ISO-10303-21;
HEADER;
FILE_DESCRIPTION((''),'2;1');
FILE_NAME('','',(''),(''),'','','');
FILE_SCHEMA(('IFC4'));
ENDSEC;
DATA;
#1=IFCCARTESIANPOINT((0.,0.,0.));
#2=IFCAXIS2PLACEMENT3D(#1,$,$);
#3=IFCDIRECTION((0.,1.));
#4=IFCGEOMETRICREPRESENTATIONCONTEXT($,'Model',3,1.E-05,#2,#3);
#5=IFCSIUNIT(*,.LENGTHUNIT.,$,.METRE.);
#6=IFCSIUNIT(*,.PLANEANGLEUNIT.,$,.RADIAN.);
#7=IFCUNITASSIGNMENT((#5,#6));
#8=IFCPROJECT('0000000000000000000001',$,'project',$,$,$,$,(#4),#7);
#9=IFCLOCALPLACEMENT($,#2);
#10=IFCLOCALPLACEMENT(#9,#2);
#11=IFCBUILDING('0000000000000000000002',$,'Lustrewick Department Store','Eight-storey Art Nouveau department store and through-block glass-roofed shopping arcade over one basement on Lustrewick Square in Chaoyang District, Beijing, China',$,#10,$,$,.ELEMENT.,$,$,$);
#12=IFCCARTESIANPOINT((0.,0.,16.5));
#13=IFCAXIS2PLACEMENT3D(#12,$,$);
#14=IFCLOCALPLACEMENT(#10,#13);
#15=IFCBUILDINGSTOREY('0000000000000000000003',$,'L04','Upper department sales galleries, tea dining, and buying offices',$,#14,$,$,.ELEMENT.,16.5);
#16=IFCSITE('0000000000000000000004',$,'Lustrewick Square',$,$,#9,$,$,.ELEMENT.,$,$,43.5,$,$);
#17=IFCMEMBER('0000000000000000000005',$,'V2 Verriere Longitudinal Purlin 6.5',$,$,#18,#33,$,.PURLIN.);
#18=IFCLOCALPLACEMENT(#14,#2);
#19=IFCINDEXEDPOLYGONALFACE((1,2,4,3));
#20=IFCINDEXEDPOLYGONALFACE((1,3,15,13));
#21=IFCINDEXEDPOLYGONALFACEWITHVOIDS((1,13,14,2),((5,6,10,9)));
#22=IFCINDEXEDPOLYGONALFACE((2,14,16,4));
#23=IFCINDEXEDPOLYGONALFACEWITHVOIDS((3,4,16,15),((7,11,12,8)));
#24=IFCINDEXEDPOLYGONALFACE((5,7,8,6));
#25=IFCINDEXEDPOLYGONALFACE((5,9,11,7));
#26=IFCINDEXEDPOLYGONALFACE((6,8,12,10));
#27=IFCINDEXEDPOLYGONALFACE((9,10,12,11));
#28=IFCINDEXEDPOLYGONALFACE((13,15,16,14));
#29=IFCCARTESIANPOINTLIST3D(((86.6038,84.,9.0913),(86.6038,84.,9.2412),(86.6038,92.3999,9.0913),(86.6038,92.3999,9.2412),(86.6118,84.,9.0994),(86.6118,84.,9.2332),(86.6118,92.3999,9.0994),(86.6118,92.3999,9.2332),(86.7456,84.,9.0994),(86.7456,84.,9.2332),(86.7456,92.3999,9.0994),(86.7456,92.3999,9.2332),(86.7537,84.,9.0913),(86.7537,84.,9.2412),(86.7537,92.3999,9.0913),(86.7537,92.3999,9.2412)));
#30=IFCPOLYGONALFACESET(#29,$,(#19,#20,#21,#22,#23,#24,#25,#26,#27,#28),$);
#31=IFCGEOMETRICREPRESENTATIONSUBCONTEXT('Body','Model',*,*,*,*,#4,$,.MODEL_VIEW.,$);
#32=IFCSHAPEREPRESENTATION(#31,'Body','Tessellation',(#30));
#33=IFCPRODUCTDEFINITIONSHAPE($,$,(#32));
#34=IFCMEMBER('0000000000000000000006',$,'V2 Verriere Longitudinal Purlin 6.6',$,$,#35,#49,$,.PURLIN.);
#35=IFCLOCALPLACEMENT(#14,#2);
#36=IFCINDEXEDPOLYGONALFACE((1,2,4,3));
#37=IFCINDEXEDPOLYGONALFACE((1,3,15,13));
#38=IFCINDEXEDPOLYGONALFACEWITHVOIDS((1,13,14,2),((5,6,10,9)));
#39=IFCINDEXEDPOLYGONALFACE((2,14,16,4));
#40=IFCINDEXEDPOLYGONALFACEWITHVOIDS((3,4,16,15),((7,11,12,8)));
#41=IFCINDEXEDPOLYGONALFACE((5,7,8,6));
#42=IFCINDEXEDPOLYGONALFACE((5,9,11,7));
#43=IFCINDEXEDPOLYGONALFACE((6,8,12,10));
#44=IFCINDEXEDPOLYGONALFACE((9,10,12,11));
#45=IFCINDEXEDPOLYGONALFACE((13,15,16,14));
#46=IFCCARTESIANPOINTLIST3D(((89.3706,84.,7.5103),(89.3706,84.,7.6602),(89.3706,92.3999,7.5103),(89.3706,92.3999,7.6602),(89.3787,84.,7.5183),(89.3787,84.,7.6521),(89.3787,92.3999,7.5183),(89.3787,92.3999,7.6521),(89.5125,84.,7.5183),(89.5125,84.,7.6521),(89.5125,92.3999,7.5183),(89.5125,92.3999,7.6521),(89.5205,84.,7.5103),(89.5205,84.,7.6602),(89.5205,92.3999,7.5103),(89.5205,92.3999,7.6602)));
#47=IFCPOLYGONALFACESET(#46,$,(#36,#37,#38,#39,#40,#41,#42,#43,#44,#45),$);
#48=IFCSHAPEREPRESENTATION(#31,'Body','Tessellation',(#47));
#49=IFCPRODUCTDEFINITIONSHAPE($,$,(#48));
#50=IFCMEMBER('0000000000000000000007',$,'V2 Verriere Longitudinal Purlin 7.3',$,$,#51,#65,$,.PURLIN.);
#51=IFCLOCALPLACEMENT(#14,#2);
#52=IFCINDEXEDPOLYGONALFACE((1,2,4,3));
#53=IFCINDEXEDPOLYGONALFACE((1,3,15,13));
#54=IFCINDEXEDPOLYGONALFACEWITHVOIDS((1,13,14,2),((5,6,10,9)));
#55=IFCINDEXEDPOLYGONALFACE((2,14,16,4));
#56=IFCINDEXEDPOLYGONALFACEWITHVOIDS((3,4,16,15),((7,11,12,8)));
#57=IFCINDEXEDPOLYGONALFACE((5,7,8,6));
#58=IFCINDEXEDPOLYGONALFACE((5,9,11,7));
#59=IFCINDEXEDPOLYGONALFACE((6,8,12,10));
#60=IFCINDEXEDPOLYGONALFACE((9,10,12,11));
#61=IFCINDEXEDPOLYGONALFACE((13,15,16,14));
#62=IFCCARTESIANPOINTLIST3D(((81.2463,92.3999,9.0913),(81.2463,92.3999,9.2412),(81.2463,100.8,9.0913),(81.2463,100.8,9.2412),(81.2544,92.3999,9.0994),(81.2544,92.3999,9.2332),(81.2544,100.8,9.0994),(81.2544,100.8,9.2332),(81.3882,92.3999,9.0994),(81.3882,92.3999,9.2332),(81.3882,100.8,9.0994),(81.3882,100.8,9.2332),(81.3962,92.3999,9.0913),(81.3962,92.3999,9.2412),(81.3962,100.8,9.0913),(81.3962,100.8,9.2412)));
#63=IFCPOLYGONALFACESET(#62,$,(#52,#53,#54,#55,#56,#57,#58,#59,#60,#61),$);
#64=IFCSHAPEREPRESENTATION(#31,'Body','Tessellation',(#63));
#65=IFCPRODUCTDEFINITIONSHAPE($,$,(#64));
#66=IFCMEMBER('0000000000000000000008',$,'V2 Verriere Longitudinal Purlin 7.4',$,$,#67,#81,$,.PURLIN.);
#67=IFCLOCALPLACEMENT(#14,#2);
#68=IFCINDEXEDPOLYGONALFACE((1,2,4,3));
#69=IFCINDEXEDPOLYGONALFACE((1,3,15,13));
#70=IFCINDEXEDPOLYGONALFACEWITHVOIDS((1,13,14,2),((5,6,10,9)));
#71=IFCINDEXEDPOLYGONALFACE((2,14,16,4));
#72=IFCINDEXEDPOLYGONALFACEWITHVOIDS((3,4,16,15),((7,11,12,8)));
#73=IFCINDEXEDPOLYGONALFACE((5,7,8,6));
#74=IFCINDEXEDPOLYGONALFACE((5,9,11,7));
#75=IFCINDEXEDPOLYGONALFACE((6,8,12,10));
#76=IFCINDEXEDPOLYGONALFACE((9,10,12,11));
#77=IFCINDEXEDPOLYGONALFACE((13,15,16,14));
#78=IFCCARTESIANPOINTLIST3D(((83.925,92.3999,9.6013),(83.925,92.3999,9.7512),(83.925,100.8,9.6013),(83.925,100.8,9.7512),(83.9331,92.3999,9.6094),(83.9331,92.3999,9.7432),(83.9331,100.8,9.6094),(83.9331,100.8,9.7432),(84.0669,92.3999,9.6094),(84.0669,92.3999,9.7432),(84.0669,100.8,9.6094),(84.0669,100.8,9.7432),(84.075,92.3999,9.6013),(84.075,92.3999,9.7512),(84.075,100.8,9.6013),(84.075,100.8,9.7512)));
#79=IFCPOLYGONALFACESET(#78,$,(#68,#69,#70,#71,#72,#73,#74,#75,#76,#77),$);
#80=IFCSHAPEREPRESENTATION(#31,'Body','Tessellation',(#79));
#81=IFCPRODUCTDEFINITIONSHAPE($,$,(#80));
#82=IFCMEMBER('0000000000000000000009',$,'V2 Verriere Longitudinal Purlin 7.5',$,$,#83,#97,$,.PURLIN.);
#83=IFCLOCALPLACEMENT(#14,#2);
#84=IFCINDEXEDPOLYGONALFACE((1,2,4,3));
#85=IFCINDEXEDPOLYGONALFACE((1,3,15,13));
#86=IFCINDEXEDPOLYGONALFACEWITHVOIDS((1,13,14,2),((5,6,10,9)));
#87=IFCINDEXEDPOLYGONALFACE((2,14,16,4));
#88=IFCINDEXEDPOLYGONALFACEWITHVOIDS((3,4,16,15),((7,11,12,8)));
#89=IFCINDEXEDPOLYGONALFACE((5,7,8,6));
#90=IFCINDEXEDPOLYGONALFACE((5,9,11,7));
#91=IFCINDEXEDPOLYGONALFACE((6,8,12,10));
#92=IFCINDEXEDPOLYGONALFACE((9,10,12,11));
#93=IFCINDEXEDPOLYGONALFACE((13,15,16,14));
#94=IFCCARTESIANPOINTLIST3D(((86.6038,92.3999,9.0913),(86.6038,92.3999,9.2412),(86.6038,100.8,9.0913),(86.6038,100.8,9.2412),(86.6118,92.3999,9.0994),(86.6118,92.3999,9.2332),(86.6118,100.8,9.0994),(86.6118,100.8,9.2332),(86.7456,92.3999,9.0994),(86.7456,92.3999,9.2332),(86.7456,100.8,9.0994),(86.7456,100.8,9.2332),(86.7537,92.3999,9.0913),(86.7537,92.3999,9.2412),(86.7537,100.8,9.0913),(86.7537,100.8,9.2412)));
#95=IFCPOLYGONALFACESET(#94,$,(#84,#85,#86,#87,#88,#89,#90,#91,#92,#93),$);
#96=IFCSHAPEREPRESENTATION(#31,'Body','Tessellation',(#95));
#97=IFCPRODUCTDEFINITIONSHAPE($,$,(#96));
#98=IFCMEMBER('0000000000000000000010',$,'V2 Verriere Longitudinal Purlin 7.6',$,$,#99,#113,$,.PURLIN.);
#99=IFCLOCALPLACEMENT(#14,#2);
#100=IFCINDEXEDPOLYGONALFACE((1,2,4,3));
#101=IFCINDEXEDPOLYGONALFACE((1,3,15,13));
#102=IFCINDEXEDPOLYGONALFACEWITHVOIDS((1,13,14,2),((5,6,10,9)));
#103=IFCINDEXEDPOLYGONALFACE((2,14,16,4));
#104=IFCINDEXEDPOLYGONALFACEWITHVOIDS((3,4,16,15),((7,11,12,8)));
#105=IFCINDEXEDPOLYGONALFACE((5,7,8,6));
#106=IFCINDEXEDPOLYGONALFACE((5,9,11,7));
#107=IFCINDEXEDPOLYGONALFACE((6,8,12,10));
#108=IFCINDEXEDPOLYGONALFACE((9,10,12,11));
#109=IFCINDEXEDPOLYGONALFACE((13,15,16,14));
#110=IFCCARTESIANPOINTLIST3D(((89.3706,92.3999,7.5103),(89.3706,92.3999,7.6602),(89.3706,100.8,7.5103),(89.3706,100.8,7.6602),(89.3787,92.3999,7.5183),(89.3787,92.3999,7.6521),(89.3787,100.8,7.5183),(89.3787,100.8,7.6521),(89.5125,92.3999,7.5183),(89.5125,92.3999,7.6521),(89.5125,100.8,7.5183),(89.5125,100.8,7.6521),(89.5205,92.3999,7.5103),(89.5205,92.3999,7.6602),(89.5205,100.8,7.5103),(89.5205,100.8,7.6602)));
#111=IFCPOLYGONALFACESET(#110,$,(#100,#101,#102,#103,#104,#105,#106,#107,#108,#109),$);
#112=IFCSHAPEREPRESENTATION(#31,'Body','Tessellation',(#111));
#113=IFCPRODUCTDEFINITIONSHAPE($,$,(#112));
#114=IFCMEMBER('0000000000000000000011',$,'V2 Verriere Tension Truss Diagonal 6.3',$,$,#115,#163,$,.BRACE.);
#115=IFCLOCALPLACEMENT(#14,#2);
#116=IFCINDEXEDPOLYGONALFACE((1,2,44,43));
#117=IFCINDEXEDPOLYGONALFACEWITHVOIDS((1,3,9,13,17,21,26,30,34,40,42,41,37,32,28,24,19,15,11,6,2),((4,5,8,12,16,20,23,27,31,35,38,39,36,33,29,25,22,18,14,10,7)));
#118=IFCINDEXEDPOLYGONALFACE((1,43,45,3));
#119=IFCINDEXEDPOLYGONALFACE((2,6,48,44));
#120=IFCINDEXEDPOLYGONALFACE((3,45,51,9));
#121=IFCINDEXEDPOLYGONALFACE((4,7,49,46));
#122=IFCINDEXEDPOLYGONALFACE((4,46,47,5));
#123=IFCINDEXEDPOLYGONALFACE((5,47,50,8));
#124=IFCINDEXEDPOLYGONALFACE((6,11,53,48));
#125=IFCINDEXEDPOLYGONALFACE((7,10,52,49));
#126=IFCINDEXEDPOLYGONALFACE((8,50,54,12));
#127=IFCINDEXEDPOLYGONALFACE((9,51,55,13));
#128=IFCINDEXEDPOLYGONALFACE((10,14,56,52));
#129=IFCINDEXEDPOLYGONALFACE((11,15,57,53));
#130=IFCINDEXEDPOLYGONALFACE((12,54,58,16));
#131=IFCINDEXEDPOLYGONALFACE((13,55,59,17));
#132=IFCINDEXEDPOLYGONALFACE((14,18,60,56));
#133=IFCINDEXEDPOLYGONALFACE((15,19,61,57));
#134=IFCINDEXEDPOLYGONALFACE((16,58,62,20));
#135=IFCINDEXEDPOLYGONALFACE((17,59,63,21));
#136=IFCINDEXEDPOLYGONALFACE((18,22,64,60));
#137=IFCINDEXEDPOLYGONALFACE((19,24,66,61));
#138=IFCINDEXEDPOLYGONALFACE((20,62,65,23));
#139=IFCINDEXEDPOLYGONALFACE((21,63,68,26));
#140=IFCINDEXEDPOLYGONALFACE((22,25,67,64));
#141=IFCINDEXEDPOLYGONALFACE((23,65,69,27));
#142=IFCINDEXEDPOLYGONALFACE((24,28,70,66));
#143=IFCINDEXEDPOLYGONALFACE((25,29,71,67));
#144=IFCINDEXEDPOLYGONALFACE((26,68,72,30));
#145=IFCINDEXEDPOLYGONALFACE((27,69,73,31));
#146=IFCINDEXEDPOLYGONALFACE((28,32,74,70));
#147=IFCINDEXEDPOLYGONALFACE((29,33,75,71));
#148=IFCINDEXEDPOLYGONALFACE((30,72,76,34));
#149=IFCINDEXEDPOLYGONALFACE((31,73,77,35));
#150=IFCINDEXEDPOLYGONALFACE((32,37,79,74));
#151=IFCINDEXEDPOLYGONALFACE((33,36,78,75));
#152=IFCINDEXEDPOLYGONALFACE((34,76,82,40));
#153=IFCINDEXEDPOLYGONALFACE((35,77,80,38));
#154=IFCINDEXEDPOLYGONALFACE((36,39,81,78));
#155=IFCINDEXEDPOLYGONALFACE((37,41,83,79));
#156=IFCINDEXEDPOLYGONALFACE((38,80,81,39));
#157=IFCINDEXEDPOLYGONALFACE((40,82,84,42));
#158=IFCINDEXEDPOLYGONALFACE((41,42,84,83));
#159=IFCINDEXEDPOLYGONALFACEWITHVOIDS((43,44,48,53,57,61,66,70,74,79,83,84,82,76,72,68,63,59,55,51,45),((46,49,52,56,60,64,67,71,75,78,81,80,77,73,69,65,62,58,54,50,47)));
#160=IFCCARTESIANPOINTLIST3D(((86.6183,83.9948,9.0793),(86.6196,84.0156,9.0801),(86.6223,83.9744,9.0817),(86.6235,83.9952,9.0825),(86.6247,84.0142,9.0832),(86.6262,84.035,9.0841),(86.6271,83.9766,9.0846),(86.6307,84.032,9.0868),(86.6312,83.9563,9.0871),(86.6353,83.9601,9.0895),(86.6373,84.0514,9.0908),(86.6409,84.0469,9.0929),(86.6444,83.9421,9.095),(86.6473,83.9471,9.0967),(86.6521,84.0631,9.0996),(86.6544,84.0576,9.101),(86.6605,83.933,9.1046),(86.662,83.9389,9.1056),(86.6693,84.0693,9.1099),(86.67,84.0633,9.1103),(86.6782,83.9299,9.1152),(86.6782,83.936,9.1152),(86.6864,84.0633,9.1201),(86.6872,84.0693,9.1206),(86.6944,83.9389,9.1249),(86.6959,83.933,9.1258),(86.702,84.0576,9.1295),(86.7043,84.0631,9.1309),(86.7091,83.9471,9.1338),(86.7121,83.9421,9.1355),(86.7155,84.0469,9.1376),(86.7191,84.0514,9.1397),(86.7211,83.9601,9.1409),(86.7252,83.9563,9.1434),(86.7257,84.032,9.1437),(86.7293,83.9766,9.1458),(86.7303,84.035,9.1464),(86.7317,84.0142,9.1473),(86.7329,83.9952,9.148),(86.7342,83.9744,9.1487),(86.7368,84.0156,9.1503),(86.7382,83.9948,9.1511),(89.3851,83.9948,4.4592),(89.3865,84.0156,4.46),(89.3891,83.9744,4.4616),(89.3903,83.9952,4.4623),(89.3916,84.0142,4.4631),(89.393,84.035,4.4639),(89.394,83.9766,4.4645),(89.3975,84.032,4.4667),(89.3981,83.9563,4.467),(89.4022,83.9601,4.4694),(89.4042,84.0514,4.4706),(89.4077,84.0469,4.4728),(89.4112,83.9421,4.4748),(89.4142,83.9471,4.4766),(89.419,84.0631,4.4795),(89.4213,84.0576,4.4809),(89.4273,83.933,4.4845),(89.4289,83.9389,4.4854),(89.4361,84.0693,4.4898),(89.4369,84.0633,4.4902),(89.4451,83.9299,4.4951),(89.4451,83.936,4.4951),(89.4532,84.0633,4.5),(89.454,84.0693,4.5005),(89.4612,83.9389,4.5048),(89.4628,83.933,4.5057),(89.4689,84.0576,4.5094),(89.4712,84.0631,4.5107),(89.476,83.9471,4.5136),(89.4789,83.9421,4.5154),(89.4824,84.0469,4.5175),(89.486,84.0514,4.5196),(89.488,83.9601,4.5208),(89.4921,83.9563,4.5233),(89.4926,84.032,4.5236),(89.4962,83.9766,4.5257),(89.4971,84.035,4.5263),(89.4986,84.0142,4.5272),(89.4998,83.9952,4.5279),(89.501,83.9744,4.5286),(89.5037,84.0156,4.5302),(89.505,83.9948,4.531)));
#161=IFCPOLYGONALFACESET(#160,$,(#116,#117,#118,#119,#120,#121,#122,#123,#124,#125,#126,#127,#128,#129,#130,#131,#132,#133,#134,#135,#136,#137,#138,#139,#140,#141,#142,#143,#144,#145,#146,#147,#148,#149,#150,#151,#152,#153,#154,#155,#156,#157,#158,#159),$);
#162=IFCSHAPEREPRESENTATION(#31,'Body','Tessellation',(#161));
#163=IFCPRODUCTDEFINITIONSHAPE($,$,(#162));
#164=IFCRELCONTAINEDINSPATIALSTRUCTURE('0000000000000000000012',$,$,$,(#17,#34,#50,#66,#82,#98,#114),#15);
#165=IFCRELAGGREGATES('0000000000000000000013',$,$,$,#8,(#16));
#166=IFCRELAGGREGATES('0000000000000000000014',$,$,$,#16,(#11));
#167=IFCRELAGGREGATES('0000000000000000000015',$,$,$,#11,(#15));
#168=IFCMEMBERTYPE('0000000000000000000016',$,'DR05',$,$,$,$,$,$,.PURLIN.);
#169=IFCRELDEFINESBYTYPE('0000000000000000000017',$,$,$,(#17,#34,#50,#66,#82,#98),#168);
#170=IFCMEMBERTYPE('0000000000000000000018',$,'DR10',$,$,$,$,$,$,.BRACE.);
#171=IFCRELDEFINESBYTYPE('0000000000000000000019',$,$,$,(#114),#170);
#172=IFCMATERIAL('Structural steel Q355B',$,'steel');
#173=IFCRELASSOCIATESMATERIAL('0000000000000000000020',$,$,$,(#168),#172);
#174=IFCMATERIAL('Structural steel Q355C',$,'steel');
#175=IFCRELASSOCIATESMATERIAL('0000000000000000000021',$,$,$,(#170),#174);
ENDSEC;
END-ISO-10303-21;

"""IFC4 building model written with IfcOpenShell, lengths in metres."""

from ifc_helpers import new_model, si_unit, direction, frame, origin, origin_2d, place, context, subcontext, project, spatial, hollow_rectangle, hollow_circle, extrude, material, material_profile, profile_set, type_object, element, save


model = new_model("IFC4")

# Units and contexts
model_context = context("Model", 3, precision=1e-05, world=origin(), true_north=direction((0.0, 1.0)))
body_context = subcontext(model_context, "Body", "Model", "MODEL_VIEW")
ifc_project = project(units=[si_unit("LENGTHUNIT", "METRE"), si_unit("PLANEANGLEUNIT", "RADIAN")], contexts=[model_context])

# Site, building, storey
site_placement = place(None, origin())
site = spatial("IfcSite", under=ifc_project, at=site_placement, Name="Lustrewick Square", CompositionType="ELEMENT", RefElevation=43.5)
building_placement = place(site_placement, origin())
building = spatial("IfcBuilding", under=site, at=building_placement, Name="Lustrewick Department Store", Description="Eight-storey Art Nouveau department store and through-block glass-roofed shopping arcade over one basement on Lustrewick Square in Chaoyang District, Beijing, China", CompositionType="ELEMENT")
storey_placement = place(building_placement, frame((0.0, 0.0, 16.5)))
storey = spatial("IfcBuildingStorey", under=building, at=storey_placement, Name="L04", Description="Upper department sales galleries, tea dining, and buying offices", CompositionType="ELEMENT", Elevation=16.5)

# Shared definitions
ifc_material_1 = material(Name="Structural steel Q355B", Category="steel")

# Members
ifc_material_2 = material(Name="Structural steel Q355C", Category="steel")
ifc_material_profile_1 = material_profile(ifc_material_1, hollow_rectangle(XDim=0.1499, YDim=0.1499, WallThickness=0.0081, at=origin_2d()), Name="SHS 150x150x8")
ifc_profile_set_1 = profile_set([ifc_material_profile_1], Name="Structural steel Q355B")
member_type_1 = type_object("IfcMemberType", Name="DR05", PredefinedType="PURLIN", material=ifc_profile_set_1)
for number, where, z_axis, x_axis, name in (
    (1, (86.6787, 84.0, 9.1663), (0.0, 1.0, 0.0), (-1.0, 0.0, 0.0), "V2 Verriere Longitudinal Purlin 6.5"),
    (2, (89.4456, 84.0, 7.5852), (0.0, 1.0, 0.0), (-1.0, 0.0, 0.0), "V2 Verriere Longitudinal Purlin 6.6"),
):
    element("IfcMember", number, at=place(storey_placement, frame(where, z_axis=z_axis, x_axis=x_axis)), inside=storey, type_object=member_type_1, Name=name, PredefinedType="PURLIN", context=body_context, shape_type="SweptSolid", body=[
        extrude(hollow_rectangle(XDim=0.1499, YDim=0.1499, WallThickness=0.0081, at=origin_2d()), origin(), (0.0, 0.0, 1.0), 8.3999),
    ])
for number, where, z_axis, x_axis, name in (
    (3, (81.3213, 92.3999, 9.1663), (0.0, 1.0, 0.0), (-1.0, 0.0, 0.0), "V2 Verriere Longitudinal Purlin 7.3"),
    (4, (84.0, 92.3999, 9.6763), (0.0, 1.0, 0.0), (-1.0, 0.0, 0.0), "V2 Verriere Longitudinal Purlin 7.4"),
    (5, (86.6787, 92.3999, 9.1663), (0.0, 1.0, 0.0), (-1.0, 0.0, 0.0), "V2 Verriere Longitudinal Purlin 7.5"),
    (6, (89.4456, 92.3999, 7.5852), (0.0, 1.0, 0.0), (-1.0, 0.0, 0.0), "V2 Verriere Longitudinal Purlin 7.6"),
):
    element("IfcMember", number, at=place(storey_placement, frame(where, z_axis=z_axis, x_axis=x_axis)), inside=storey, type_object=member_type_1, Name=name, PredefinedType="PURLIN", context=body_context, shape_type="SweptSolid", body=[
        extrude(hollow_rectangle(XDim=0.1499, YDim=0.1499, WallThickness=0.0081, at=origin_2d()), origin(), (0.0, 0.0, 1.0), 8.4001),
    ])
ifc_material_profile_2 = material_profile(ifc_material_2, hollow_circle(Radius=0.0701, WallThickness=0.0061, at=origin_2d()), Name="CHS 140x6")
ifc_profile_set_2 = profile_set([ifc_material_profile_2], Name="Structural steel Q355C")
member_type_2 = type_object("IfcMemberType", Name="DR10", PredefinedType="BRACE", material=ifc_profile_set_2)
member_1_placement = place(storey_placement, frame((89.4451, 84.0, 4.4951), z_axis=(-0.513782, 0.0, 0.857921), x_axis=(0.0, -1.0, 0.0)))
element("IfcMember", 7, at=member_1_placement, inside=storey, type_object=member_type_2, Name="V2 Verriere Tension Truss Diagonal 6.3", PredefinedType="BRACE", context=body_context, shape_type="SweptSolid", body=[
    extrude(hollow_circle(Radius=0.0701, WallThickness=0.0061, at=origin_2d()), origin(), (0.0, 0.0, 1.0), 5.3853),
])

save(model, "model.ifc")
